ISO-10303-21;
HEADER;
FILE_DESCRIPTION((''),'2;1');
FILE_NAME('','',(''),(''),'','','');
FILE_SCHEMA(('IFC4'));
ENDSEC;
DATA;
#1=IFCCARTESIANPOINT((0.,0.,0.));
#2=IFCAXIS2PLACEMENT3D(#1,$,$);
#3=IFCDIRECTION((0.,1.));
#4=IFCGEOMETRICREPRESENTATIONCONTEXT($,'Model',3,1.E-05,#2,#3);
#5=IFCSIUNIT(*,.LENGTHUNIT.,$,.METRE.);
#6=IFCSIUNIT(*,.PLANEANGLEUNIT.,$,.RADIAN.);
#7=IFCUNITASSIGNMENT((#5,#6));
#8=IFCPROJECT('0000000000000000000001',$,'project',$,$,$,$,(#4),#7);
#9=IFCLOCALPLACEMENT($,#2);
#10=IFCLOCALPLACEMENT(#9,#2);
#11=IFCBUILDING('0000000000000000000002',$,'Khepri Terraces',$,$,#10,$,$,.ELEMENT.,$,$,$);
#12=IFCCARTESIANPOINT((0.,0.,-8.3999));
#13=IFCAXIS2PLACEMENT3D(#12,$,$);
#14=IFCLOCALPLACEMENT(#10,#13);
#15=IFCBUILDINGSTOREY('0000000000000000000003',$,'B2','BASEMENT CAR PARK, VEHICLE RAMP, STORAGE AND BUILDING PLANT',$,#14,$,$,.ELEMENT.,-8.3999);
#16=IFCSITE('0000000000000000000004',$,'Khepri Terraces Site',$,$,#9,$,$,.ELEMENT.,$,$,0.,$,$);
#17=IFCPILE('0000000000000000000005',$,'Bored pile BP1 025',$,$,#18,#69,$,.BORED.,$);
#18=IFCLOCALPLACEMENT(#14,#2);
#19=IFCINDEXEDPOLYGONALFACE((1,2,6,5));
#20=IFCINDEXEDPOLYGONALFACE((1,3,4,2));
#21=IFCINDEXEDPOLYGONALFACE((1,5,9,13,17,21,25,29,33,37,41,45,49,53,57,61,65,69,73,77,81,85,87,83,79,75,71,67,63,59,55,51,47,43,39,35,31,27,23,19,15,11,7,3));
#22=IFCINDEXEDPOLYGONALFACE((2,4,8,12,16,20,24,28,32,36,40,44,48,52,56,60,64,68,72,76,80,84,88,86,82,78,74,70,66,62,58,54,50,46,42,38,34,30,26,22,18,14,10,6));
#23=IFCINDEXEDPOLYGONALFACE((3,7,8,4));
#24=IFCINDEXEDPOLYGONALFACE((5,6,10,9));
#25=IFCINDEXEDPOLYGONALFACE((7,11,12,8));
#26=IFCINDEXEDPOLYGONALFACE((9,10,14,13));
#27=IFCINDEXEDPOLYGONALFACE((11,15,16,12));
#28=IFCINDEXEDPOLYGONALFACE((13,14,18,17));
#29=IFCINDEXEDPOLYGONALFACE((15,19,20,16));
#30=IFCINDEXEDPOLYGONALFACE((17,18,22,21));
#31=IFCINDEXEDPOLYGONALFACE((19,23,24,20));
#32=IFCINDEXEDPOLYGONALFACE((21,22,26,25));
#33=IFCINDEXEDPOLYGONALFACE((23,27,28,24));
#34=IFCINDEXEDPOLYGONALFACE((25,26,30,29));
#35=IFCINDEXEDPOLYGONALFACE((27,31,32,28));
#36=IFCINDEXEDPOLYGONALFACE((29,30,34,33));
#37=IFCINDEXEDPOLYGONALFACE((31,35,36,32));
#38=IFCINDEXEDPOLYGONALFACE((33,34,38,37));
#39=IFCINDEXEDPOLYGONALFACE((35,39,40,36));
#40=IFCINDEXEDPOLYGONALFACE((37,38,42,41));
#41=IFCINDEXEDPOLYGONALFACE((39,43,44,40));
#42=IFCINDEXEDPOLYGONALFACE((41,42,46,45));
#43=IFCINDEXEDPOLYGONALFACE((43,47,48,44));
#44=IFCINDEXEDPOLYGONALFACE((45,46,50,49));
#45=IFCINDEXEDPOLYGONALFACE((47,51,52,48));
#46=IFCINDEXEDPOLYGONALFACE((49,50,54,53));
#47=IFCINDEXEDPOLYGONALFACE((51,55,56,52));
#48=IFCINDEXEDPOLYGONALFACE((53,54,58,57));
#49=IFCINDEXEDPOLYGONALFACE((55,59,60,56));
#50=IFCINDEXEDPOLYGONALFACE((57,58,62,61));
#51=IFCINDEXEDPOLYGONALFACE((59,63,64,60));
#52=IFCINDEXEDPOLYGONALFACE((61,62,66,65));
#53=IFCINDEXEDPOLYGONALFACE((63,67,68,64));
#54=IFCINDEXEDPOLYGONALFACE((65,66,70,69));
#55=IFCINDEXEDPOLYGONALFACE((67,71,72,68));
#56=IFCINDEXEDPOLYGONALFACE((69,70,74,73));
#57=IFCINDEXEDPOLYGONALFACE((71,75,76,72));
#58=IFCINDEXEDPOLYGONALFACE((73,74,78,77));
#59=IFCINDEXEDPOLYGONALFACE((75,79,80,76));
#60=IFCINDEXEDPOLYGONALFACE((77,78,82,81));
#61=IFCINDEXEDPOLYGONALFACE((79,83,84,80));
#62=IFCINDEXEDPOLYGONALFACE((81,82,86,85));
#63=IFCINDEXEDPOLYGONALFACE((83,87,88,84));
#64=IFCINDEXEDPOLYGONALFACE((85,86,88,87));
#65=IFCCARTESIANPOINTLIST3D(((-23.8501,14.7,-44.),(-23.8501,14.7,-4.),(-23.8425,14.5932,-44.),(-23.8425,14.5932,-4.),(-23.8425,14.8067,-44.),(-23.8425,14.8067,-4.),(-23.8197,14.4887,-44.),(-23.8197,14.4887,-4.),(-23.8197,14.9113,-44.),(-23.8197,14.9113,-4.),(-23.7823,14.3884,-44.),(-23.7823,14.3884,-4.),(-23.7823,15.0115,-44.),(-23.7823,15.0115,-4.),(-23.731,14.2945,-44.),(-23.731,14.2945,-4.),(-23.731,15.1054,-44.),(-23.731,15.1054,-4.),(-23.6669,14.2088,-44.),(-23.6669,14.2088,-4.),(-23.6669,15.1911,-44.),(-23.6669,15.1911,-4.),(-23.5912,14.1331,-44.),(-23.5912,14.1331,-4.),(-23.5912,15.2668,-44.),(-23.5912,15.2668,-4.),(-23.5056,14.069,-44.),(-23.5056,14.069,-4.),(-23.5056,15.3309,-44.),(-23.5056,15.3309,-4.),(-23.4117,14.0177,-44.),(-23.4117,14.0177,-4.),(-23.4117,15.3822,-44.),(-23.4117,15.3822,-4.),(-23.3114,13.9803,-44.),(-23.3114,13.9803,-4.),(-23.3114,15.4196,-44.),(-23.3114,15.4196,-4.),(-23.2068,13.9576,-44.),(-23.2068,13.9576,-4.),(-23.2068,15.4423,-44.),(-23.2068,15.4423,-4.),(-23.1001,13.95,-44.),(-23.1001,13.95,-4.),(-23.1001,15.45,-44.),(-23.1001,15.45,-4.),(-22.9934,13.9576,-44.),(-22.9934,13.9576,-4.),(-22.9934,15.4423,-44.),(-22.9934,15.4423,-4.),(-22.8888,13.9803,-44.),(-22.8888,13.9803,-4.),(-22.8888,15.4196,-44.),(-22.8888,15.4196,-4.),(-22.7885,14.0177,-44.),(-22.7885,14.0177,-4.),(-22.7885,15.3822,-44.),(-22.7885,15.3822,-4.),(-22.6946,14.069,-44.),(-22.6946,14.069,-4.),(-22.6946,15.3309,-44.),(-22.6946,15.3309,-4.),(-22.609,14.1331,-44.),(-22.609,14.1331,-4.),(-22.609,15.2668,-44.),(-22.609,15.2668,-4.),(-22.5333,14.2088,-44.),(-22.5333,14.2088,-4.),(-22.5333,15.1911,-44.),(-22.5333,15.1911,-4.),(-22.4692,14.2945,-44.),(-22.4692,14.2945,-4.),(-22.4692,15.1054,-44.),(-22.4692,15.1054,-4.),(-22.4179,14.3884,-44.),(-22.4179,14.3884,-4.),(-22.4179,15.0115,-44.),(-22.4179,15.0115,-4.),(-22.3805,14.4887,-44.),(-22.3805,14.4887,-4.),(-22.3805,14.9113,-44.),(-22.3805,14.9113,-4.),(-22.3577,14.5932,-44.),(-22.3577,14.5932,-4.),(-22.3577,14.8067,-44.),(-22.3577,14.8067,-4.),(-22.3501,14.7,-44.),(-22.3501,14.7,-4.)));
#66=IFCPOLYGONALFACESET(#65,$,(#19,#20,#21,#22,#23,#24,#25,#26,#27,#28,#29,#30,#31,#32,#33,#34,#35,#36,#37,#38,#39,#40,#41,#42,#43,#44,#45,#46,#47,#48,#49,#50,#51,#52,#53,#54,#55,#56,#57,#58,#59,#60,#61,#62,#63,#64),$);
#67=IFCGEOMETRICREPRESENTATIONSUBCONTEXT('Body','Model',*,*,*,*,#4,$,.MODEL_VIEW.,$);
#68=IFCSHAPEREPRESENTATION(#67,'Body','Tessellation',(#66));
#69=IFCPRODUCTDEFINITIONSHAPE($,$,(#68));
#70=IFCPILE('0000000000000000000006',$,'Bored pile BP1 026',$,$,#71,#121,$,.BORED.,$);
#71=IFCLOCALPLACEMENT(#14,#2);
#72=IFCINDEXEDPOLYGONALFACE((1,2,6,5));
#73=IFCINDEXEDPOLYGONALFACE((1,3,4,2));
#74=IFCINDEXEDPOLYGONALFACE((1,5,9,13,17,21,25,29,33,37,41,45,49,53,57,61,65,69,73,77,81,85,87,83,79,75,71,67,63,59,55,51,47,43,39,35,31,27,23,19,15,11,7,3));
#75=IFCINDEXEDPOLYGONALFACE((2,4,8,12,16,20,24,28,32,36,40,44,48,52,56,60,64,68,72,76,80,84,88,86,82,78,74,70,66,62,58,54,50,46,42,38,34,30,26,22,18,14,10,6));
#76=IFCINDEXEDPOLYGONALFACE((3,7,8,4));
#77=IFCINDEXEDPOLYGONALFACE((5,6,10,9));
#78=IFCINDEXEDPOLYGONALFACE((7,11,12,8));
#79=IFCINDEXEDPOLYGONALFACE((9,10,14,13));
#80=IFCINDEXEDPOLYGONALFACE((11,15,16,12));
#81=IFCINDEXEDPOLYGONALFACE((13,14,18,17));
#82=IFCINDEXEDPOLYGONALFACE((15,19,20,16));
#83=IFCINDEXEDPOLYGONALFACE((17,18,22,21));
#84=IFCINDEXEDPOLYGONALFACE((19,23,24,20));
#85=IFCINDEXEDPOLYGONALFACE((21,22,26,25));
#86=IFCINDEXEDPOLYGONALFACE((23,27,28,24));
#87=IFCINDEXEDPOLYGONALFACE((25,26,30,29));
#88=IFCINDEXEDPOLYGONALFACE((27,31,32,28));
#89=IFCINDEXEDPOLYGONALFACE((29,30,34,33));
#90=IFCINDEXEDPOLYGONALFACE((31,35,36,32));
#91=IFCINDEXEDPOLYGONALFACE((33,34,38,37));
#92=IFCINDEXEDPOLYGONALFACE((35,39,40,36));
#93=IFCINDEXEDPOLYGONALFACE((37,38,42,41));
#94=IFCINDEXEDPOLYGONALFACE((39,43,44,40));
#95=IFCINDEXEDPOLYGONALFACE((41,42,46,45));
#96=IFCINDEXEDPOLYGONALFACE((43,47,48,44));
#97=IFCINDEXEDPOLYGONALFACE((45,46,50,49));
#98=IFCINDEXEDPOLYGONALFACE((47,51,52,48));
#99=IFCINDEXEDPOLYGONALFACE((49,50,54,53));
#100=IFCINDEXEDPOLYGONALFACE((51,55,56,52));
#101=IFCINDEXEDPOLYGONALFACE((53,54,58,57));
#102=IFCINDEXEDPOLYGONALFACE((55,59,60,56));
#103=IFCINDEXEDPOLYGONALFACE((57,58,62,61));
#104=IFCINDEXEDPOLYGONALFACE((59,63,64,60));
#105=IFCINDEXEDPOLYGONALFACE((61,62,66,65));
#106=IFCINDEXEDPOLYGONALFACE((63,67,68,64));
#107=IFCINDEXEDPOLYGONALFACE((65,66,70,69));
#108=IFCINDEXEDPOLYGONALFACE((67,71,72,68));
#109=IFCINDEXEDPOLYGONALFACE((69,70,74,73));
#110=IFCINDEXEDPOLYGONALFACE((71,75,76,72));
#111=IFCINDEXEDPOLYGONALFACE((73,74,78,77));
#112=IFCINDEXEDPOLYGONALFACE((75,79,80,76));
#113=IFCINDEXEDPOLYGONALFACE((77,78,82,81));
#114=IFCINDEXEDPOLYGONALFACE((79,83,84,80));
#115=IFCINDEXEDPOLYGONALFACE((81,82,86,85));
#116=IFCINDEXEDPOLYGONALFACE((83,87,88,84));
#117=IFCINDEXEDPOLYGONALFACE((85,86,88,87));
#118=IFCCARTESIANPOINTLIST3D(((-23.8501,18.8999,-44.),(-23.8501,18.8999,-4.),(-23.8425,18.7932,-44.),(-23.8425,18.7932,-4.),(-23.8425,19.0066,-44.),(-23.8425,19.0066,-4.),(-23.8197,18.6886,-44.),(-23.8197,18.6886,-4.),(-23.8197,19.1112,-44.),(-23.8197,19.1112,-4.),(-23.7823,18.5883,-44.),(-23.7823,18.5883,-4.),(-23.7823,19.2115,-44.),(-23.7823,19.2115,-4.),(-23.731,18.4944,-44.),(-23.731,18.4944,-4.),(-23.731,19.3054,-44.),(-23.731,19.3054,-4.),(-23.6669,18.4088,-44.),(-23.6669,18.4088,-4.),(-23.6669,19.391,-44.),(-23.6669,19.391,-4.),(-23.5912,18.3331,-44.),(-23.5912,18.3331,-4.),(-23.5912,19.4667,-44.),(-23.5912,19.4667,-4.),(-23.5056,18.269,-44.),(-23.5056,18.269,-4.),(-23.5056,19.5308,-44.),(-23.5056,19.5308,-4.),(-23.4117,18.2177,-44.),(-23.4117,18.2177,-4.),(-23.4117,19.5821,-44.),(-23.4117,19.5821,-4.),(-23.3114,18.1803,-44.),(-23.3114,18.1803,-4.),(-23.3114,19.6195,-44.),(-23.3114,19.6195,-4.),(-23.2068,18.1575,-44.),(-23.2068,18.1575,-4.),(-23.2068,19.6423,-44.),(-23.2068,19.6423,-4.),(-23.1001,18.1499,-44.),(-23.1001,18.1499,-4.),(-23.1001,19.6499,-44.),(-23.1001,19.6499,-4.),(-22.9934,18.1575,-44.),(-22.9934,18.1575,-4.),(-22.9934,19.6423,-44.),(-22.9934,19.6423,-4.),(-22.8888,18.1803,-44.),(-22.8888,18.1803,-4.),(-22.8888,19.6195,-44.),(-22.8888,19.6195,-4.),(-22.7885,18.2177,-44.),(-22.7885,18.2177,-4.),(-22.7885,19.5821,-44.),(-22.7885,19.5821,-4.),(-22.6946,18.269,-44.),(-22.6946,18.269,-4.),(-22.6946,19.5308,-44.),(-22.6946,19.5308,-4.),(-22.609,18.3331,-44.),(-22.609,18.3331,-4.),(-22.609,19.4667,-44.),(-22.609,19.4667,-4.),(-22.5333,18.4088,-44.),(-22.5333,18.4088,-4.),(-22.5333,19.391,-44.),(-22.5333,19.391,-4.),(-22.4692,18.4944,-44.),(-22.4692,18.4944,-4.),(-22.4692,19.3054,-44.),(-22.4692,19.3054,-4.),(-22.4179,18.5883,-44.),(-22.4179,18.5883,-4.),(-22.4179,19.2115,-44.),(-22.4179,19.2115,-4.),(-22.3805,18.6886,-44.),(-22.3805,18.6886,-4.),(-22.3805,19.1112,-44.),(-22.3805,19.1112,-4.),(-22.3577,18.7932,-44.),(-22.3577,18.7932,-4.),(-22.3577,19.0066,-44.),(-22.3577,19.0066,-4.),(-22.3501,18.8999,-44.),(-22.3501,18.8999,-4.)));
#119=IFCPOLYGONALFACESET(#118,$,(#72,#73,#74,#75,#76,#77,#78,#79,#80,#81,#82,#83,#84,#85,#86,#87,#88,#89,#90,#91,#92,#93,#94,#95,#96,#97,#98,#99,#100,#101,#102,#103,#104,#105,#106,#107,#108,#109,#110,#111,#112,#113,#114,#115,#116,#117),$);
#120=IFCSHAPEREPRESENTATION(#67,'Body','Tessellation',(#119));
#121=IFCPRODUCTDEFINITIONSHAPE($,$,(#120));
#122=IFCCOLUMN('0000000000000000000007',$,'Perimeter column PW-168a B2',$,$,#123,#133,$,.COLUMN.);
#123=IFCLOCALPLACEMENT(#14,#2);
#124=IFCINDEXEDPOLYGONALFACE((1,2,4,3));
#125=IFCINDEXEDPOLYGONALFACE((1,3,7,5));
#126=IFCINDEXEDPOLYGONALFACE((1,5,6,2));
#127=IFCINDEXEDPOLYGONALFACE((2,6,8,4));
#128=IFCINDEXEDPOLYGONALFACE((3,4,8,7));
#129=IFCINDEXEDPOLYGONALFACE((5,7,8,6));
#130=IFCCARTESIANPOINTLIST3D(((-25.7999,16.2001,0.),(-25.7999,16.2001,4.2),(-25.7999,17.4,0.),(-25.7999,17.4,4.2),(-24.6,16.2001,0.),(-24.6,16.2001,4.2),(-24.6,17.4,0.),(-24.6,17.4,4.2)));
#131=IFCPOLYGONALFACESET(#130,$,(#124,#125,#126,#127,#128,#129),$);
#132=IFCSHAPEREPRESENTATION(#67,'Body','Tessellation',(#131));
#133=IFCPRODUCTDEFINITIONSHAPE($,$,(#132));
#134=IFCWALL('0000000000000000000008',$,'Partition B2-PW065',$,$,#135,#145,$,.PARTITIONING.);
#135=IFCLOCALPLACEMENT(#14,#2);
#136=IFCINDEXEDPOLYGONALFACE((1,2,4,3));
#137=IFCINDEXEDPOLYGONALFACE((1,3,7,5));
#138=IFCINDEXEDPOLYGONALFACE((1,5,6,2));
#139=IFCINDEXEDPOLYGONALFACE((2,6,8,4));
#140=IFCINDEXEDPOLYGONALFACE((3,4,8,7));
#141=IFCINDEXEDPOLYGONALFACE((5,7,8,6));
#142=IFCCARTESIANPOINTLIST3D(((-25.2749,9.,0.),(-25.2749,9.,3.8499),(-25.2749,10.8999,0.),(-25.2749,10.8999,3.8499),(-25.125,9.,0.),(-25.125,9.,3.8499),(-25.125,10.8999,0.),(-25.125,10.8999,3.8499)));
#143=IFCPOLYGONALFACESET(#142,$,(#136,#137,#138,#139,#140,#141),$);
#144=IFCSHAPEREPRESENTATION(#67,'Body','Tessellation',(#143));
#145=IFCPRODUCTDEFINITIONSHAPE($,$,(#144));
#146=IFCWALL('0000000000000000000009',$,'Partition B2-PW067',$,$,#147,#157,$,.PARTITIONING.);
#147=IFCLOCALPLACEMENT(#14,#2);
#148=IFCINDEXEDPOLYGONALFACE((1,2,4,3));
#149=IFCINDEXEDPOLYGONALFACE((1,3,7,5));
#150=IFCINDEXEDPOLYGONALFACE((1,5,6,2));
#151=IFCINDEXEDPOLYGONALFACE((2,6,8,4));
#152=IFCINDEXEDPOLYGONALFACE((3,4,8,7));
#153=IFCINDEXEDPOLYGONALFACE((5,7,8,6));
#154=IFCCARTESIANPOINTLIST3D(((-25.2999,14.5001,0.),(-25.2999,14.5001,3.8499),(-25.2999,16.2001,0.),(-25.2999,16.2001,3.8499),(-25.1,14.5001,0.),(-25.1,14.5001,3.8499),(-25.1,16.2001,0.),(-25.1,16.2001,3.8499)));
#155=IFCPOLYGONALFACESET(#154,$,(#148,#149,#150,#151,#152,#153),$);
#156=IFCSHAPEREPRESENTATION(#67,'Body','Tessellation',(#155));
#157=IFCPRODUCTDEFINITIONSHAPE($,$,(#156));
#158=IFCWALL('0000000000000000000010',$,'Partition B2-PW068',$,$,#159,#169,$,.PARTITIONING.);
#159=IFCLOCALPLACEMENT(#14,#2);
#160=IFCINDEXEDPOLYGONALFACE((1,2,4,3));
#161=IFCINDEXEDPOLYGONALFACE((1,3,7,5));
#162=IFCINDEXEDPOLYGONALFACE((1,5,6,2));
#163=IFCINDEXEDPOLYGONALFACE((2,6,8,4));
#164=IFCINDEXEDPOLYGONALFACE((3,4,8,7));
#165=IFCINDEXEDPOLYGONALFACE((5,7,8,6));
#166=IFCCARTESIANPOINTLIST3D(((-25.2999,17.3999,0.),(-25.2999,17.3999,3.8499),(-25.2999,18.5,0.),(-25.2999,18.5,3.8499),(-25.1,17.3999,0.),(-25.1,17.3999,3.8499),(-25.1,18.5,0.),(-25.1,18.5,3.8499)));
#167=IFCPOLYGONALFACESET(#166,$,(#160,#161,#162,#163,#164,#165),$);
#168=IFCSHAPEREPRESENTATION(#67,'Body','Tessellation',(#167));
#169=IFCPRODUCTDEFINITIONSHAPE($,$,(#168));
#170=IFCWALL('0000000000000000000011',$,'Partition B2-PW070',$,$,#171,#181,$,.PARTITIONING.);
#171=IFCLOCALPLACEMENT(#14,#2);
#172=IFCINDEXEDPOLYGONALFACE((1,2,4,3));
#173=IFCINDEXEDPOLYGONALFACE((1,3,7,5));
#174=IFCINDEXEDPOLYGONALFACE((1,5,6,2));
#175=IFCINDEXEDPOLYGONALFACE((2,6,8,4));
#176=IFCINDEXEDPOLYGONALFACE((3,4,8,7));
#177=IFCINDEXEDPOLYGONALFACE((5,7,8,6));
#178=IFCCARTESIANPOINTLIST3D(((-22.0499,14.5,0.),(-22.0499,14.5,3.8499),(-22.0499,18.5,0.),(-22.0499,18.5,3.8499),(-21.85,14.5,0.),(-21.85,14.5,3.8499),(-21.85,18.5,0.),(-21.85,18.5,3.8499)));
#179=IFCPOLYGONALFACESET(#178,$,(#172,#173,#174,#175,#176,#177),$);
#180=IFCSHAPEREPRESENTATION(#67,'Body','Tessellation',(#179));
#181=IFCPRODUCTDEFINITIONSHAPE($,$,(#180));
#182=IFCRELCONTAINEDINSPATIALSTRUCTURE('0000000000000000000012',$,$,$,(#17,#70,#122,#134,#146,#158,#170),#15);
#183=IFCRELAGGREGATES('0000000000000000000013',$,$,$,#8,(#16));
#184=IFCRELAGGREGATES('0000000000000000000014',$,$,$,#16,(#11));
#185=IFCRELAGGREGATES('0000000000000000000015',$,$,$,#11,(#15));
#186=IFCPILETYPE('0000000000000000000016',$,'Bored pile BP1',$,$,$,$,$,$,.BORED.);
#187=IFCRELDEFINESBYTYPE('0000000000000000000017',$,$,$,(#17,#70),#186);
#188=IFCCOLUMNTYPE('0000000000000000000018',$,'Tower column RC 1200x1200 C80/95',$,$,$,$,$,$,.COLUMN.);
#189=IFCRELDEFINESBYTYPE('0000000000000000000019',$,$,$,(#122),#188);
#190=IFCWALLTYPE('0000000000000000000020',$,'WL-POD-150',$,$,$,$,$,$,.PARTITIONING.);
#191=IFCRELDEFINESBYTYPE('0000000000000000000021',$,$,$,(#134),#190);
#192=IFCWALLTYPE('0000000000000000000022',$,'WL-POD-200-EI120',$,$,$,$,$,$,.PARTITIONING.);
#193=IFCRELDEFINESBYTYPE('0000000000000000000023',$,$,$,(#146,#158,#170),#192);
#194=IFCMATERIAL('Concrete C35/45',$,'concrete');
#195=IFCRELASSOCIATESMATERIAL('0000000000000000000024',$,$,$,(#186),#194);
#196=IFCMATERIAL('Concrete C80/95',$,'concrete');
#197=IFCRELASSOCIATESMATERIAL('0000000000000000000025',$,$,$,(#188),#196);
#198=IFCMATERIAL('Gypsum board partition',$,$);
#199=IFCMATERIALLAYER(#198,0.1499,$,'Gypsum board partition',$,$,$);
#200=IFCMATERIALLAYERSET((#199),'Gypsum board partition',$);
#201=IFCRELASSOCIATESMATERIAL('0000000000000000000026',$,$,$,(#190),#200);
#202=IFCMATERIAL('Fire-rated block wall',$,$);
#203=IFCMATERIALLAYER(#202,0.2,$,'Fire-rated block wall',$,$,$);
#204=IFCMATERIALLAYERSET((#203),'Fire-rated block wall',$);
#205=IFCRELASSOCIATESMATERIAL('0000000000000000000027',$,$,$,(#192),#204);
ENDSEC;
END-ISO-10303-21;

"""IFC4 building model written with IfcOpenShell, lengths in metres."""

from ifc_helpers import new_model, si_unit, direction, frame, frame_2d, origin, origin_2d, place, context, subcontext, project, spatial, rectangle, circle, extrude, material, layer, layer_set, material_profile, profile_set, type_object, element, save


model = new_model("IFC4")

# Units and contexts
model_context = context("Model", 3, precision=1e-05, world=origin(), true_north=direction((0.0, 1.0)))
body_context = subcontext(model_context, "Body", "Model", "MODEL_VIEW")
ifc_project = project(units=[si_unit("LENGTHUNIT", "METRE"), si_unit("PLANEANGLEUNIT", "RADIAN")], contexts=[model_context])

# Site, building, storey
site_placement = place(None, origin())
site = spatial("IfcSite", under=ifc_project, at=site_placement, Name="Khepri Terraces Site", CompositionType="ELEMENT", RefElevation=0.0)
building_placement = place(site_placement, origin())
building = spatial("IfcBuilding", under=site, at=building_placement, Name="Khepri Terraces", CompositionType="ELEMENT")
storey_placement = place(building_placement, frame((0.0, 0.0, -8.3999)))
storey = spatial("IfcBuildingStorey", under=building, at=storey_placement, Name="B2", Description="BASEMENT CAR PARK, VEHICLE RAMP, STORAGE AND BUILDING PLANT", CompositionType="ELEMENT", Elevation=-8.3999)

# Piles
ifc_material_1 = material(Name="Concrete C35/45", Category="concrete")
ifc_material_profile_1 = material_profile(ifc_material_1, circle(Radius=0.75, at=origin_2d()), Name="Concrete C35/45", Category="concrete")
ifc_profile_set_1 = profile_set([ifc_material_profile_1], Name="Concrete C35/45")
pile_type = type_object("IfcPileType", Name="Bored pile BP1", PredefinedType="BORED", material=ifc_profile_set_1)
for number, where, z_axis, x_axis, name in (
    (1, (-23.1001, 14.7, -4.0), (0.0, 0.0, -1.0), (1.0, 0.0, 0.0), "Bored pile BP1 025"),
    (2, (-23.1001, 18.8999, -4.0), (0.0, 0.0, -1.0), (1.0, 0.0, 0.0), "Bored pile BP1 026"),
):
    element("IfcPile", number, at=place(storey_placement, frame(where, z_axis=z_axis, x_axis=x_axis)), inside=storey, type_object=pile_type, Name=name, PredefinedType="BORED", context=body_context, shape_type="SweptSolid", body=[
        extrude(circle(Radius=0.75, at=origin_2d()), origin(), (0.0, 0.0, 1.0), 40.0),
    ])

# Column
ifc_material_2 = material(Name="Concrete C80/95", Category="concrete")
ifc_material_profile_2 = material_profile(ifc_material_2, rectangle(XDim=1.2, YDim=1.2, at=origin_2d()), Name="Concrete C80/95", Category="concrete")
ifc_profile_set_2 = profile_set([ifc_material_profile_2], Name="Concrete C80/95")
column_type = type_object("IfcColumnType", Name="Tower column RC 1200x1200 C80/95", PredefinedType="COLUMN", material=ifc_profile_set_2)
column_placement = place(storey_placement, frame((-25.2, 16.8, 0.0), z_axis=(0.0, 0.0, 1.0), x_axis=(1.0, 0.0, 0.0)))
element("IfcColumn", 3, at=column_placement, inside=storey, type_object=column_type, Name="Perimeter column PW-168a B2", PredefinedType="COLUMN", context=body_context, shape_type="SweptSolid", body=[
    extrude(rectangle(XDim=1.2, YDim=1.2, at=origin_2d()), origin(), (0.0, 0.0, 1.0), 4.2),
])

# Walls
ifc_material_3 = material(Name="Gypsum board partition")
ifc_layer_1 = layer(ifc_material_3, 0.1499, Name="Gypsum board partition")
ifc_layer_set_1 = layer_set([ifc_layer_1], Name="Gypsum board partition")
wall_type_1 = type_object("IfcWallType", Name="WL-POD-150", PredefinedType="PARTITIONING", material=ifc_layer_set_1)
wall_1_placement = place(storey_placement, frame((-25.2, 9.0, 0.0), z_axis=(0.0, 0.0, 1.0), x_axis=(0.0, 1.0, 0.0)))
element("IfcWall", 4, at=wall_1_placement, inside=storey, type_object=wall_type_1, Name="Partition B2-PW065", PredefinedType="PARTITIONING", context=body_context, shape_type="SweptSolid", body=[
    extrude(rectangle(XDim=1.8999, YDim=0.1499, at=frame_2d((0.95, 0.0))), origin(), (0.0, 0.0, 1.0), 3.8499),
])
ifc_material_4 = material(Name="Fire-rated block wall")
ifc_layer_2 = layer(ifc_material_4, 0.2, Name="Fire-rated block wall")
ifc_layer_set_2 = layer_set([ifc_layer_2], Name="Fire-rated block wall")
wall_type_2 = type_object("IfcWallType", Name="WL-POD-200-EI120", PredefinedType="PARTITIONING", material=ifc_layer_set_2)
wall_2_placement = place(storey_placement, frame((-25.2, 14.5, 0.0), z_axis=(0.0, 0.0, 1.0), x_axis=(0.0, 1.0, 0.0)))
element("IfcWall", 5, at=wall_2_placement, inside=storey, type_object=wall_type_2, Name="Partition B2-PW067", PredefinedType="PARTITIONING", context=body_context, shape_type="SweptSolid", body=[
    extrude(rectangle(XDim=1.7, YDim=0.2, at=frame_2d((0.8501, 0.0))), origin(), (0.0, 0.0, 1.0), 3.8499),
])
wall_3_placement = place(storey_placement, frame((-25.2, 17.3999, 0.0), z_axis=(0.0, 0.0, 1.0), x_axis=(0.0, 1.0, 0.0)))
element("IfcWall", 6, at=wall_3_placement, inside=storey, type_object=wall_type_2, Name="Partition B2-PW068", PredefinedType="PARTITIONING", context=body_context, shape_type="SweptSolid", body=[
    extrude(rectangle(XDim=1.1001, YDim=0.2, at=frame_2d((0.55, 0.0))), origin(), (0.0, 0.0, 1.0), 3.8499),
])
wall_4_placement = place(storey_placement, frame((-21.95, 14.5, 0.0), z_axis=(0.0, 0.0, 1.0), x_axis=(0.0, 1.0, 0.0)))
element("IfcWall", 7, at=wall_4_placement, inside=storey, type_object=wall_type_2, Name="Partition B2-PW070", PredefinedType="PARTITIONING", context=body_context, shape_type="SweptSolid", body=[
    extrude(rectangle(XDim=4.0, YDim=0.2, at=frame_2d((2.0, 0.0))), origin(), (0.0, 0.0, 1.0), 3.8499),
])

save(model, "model.ifc")
